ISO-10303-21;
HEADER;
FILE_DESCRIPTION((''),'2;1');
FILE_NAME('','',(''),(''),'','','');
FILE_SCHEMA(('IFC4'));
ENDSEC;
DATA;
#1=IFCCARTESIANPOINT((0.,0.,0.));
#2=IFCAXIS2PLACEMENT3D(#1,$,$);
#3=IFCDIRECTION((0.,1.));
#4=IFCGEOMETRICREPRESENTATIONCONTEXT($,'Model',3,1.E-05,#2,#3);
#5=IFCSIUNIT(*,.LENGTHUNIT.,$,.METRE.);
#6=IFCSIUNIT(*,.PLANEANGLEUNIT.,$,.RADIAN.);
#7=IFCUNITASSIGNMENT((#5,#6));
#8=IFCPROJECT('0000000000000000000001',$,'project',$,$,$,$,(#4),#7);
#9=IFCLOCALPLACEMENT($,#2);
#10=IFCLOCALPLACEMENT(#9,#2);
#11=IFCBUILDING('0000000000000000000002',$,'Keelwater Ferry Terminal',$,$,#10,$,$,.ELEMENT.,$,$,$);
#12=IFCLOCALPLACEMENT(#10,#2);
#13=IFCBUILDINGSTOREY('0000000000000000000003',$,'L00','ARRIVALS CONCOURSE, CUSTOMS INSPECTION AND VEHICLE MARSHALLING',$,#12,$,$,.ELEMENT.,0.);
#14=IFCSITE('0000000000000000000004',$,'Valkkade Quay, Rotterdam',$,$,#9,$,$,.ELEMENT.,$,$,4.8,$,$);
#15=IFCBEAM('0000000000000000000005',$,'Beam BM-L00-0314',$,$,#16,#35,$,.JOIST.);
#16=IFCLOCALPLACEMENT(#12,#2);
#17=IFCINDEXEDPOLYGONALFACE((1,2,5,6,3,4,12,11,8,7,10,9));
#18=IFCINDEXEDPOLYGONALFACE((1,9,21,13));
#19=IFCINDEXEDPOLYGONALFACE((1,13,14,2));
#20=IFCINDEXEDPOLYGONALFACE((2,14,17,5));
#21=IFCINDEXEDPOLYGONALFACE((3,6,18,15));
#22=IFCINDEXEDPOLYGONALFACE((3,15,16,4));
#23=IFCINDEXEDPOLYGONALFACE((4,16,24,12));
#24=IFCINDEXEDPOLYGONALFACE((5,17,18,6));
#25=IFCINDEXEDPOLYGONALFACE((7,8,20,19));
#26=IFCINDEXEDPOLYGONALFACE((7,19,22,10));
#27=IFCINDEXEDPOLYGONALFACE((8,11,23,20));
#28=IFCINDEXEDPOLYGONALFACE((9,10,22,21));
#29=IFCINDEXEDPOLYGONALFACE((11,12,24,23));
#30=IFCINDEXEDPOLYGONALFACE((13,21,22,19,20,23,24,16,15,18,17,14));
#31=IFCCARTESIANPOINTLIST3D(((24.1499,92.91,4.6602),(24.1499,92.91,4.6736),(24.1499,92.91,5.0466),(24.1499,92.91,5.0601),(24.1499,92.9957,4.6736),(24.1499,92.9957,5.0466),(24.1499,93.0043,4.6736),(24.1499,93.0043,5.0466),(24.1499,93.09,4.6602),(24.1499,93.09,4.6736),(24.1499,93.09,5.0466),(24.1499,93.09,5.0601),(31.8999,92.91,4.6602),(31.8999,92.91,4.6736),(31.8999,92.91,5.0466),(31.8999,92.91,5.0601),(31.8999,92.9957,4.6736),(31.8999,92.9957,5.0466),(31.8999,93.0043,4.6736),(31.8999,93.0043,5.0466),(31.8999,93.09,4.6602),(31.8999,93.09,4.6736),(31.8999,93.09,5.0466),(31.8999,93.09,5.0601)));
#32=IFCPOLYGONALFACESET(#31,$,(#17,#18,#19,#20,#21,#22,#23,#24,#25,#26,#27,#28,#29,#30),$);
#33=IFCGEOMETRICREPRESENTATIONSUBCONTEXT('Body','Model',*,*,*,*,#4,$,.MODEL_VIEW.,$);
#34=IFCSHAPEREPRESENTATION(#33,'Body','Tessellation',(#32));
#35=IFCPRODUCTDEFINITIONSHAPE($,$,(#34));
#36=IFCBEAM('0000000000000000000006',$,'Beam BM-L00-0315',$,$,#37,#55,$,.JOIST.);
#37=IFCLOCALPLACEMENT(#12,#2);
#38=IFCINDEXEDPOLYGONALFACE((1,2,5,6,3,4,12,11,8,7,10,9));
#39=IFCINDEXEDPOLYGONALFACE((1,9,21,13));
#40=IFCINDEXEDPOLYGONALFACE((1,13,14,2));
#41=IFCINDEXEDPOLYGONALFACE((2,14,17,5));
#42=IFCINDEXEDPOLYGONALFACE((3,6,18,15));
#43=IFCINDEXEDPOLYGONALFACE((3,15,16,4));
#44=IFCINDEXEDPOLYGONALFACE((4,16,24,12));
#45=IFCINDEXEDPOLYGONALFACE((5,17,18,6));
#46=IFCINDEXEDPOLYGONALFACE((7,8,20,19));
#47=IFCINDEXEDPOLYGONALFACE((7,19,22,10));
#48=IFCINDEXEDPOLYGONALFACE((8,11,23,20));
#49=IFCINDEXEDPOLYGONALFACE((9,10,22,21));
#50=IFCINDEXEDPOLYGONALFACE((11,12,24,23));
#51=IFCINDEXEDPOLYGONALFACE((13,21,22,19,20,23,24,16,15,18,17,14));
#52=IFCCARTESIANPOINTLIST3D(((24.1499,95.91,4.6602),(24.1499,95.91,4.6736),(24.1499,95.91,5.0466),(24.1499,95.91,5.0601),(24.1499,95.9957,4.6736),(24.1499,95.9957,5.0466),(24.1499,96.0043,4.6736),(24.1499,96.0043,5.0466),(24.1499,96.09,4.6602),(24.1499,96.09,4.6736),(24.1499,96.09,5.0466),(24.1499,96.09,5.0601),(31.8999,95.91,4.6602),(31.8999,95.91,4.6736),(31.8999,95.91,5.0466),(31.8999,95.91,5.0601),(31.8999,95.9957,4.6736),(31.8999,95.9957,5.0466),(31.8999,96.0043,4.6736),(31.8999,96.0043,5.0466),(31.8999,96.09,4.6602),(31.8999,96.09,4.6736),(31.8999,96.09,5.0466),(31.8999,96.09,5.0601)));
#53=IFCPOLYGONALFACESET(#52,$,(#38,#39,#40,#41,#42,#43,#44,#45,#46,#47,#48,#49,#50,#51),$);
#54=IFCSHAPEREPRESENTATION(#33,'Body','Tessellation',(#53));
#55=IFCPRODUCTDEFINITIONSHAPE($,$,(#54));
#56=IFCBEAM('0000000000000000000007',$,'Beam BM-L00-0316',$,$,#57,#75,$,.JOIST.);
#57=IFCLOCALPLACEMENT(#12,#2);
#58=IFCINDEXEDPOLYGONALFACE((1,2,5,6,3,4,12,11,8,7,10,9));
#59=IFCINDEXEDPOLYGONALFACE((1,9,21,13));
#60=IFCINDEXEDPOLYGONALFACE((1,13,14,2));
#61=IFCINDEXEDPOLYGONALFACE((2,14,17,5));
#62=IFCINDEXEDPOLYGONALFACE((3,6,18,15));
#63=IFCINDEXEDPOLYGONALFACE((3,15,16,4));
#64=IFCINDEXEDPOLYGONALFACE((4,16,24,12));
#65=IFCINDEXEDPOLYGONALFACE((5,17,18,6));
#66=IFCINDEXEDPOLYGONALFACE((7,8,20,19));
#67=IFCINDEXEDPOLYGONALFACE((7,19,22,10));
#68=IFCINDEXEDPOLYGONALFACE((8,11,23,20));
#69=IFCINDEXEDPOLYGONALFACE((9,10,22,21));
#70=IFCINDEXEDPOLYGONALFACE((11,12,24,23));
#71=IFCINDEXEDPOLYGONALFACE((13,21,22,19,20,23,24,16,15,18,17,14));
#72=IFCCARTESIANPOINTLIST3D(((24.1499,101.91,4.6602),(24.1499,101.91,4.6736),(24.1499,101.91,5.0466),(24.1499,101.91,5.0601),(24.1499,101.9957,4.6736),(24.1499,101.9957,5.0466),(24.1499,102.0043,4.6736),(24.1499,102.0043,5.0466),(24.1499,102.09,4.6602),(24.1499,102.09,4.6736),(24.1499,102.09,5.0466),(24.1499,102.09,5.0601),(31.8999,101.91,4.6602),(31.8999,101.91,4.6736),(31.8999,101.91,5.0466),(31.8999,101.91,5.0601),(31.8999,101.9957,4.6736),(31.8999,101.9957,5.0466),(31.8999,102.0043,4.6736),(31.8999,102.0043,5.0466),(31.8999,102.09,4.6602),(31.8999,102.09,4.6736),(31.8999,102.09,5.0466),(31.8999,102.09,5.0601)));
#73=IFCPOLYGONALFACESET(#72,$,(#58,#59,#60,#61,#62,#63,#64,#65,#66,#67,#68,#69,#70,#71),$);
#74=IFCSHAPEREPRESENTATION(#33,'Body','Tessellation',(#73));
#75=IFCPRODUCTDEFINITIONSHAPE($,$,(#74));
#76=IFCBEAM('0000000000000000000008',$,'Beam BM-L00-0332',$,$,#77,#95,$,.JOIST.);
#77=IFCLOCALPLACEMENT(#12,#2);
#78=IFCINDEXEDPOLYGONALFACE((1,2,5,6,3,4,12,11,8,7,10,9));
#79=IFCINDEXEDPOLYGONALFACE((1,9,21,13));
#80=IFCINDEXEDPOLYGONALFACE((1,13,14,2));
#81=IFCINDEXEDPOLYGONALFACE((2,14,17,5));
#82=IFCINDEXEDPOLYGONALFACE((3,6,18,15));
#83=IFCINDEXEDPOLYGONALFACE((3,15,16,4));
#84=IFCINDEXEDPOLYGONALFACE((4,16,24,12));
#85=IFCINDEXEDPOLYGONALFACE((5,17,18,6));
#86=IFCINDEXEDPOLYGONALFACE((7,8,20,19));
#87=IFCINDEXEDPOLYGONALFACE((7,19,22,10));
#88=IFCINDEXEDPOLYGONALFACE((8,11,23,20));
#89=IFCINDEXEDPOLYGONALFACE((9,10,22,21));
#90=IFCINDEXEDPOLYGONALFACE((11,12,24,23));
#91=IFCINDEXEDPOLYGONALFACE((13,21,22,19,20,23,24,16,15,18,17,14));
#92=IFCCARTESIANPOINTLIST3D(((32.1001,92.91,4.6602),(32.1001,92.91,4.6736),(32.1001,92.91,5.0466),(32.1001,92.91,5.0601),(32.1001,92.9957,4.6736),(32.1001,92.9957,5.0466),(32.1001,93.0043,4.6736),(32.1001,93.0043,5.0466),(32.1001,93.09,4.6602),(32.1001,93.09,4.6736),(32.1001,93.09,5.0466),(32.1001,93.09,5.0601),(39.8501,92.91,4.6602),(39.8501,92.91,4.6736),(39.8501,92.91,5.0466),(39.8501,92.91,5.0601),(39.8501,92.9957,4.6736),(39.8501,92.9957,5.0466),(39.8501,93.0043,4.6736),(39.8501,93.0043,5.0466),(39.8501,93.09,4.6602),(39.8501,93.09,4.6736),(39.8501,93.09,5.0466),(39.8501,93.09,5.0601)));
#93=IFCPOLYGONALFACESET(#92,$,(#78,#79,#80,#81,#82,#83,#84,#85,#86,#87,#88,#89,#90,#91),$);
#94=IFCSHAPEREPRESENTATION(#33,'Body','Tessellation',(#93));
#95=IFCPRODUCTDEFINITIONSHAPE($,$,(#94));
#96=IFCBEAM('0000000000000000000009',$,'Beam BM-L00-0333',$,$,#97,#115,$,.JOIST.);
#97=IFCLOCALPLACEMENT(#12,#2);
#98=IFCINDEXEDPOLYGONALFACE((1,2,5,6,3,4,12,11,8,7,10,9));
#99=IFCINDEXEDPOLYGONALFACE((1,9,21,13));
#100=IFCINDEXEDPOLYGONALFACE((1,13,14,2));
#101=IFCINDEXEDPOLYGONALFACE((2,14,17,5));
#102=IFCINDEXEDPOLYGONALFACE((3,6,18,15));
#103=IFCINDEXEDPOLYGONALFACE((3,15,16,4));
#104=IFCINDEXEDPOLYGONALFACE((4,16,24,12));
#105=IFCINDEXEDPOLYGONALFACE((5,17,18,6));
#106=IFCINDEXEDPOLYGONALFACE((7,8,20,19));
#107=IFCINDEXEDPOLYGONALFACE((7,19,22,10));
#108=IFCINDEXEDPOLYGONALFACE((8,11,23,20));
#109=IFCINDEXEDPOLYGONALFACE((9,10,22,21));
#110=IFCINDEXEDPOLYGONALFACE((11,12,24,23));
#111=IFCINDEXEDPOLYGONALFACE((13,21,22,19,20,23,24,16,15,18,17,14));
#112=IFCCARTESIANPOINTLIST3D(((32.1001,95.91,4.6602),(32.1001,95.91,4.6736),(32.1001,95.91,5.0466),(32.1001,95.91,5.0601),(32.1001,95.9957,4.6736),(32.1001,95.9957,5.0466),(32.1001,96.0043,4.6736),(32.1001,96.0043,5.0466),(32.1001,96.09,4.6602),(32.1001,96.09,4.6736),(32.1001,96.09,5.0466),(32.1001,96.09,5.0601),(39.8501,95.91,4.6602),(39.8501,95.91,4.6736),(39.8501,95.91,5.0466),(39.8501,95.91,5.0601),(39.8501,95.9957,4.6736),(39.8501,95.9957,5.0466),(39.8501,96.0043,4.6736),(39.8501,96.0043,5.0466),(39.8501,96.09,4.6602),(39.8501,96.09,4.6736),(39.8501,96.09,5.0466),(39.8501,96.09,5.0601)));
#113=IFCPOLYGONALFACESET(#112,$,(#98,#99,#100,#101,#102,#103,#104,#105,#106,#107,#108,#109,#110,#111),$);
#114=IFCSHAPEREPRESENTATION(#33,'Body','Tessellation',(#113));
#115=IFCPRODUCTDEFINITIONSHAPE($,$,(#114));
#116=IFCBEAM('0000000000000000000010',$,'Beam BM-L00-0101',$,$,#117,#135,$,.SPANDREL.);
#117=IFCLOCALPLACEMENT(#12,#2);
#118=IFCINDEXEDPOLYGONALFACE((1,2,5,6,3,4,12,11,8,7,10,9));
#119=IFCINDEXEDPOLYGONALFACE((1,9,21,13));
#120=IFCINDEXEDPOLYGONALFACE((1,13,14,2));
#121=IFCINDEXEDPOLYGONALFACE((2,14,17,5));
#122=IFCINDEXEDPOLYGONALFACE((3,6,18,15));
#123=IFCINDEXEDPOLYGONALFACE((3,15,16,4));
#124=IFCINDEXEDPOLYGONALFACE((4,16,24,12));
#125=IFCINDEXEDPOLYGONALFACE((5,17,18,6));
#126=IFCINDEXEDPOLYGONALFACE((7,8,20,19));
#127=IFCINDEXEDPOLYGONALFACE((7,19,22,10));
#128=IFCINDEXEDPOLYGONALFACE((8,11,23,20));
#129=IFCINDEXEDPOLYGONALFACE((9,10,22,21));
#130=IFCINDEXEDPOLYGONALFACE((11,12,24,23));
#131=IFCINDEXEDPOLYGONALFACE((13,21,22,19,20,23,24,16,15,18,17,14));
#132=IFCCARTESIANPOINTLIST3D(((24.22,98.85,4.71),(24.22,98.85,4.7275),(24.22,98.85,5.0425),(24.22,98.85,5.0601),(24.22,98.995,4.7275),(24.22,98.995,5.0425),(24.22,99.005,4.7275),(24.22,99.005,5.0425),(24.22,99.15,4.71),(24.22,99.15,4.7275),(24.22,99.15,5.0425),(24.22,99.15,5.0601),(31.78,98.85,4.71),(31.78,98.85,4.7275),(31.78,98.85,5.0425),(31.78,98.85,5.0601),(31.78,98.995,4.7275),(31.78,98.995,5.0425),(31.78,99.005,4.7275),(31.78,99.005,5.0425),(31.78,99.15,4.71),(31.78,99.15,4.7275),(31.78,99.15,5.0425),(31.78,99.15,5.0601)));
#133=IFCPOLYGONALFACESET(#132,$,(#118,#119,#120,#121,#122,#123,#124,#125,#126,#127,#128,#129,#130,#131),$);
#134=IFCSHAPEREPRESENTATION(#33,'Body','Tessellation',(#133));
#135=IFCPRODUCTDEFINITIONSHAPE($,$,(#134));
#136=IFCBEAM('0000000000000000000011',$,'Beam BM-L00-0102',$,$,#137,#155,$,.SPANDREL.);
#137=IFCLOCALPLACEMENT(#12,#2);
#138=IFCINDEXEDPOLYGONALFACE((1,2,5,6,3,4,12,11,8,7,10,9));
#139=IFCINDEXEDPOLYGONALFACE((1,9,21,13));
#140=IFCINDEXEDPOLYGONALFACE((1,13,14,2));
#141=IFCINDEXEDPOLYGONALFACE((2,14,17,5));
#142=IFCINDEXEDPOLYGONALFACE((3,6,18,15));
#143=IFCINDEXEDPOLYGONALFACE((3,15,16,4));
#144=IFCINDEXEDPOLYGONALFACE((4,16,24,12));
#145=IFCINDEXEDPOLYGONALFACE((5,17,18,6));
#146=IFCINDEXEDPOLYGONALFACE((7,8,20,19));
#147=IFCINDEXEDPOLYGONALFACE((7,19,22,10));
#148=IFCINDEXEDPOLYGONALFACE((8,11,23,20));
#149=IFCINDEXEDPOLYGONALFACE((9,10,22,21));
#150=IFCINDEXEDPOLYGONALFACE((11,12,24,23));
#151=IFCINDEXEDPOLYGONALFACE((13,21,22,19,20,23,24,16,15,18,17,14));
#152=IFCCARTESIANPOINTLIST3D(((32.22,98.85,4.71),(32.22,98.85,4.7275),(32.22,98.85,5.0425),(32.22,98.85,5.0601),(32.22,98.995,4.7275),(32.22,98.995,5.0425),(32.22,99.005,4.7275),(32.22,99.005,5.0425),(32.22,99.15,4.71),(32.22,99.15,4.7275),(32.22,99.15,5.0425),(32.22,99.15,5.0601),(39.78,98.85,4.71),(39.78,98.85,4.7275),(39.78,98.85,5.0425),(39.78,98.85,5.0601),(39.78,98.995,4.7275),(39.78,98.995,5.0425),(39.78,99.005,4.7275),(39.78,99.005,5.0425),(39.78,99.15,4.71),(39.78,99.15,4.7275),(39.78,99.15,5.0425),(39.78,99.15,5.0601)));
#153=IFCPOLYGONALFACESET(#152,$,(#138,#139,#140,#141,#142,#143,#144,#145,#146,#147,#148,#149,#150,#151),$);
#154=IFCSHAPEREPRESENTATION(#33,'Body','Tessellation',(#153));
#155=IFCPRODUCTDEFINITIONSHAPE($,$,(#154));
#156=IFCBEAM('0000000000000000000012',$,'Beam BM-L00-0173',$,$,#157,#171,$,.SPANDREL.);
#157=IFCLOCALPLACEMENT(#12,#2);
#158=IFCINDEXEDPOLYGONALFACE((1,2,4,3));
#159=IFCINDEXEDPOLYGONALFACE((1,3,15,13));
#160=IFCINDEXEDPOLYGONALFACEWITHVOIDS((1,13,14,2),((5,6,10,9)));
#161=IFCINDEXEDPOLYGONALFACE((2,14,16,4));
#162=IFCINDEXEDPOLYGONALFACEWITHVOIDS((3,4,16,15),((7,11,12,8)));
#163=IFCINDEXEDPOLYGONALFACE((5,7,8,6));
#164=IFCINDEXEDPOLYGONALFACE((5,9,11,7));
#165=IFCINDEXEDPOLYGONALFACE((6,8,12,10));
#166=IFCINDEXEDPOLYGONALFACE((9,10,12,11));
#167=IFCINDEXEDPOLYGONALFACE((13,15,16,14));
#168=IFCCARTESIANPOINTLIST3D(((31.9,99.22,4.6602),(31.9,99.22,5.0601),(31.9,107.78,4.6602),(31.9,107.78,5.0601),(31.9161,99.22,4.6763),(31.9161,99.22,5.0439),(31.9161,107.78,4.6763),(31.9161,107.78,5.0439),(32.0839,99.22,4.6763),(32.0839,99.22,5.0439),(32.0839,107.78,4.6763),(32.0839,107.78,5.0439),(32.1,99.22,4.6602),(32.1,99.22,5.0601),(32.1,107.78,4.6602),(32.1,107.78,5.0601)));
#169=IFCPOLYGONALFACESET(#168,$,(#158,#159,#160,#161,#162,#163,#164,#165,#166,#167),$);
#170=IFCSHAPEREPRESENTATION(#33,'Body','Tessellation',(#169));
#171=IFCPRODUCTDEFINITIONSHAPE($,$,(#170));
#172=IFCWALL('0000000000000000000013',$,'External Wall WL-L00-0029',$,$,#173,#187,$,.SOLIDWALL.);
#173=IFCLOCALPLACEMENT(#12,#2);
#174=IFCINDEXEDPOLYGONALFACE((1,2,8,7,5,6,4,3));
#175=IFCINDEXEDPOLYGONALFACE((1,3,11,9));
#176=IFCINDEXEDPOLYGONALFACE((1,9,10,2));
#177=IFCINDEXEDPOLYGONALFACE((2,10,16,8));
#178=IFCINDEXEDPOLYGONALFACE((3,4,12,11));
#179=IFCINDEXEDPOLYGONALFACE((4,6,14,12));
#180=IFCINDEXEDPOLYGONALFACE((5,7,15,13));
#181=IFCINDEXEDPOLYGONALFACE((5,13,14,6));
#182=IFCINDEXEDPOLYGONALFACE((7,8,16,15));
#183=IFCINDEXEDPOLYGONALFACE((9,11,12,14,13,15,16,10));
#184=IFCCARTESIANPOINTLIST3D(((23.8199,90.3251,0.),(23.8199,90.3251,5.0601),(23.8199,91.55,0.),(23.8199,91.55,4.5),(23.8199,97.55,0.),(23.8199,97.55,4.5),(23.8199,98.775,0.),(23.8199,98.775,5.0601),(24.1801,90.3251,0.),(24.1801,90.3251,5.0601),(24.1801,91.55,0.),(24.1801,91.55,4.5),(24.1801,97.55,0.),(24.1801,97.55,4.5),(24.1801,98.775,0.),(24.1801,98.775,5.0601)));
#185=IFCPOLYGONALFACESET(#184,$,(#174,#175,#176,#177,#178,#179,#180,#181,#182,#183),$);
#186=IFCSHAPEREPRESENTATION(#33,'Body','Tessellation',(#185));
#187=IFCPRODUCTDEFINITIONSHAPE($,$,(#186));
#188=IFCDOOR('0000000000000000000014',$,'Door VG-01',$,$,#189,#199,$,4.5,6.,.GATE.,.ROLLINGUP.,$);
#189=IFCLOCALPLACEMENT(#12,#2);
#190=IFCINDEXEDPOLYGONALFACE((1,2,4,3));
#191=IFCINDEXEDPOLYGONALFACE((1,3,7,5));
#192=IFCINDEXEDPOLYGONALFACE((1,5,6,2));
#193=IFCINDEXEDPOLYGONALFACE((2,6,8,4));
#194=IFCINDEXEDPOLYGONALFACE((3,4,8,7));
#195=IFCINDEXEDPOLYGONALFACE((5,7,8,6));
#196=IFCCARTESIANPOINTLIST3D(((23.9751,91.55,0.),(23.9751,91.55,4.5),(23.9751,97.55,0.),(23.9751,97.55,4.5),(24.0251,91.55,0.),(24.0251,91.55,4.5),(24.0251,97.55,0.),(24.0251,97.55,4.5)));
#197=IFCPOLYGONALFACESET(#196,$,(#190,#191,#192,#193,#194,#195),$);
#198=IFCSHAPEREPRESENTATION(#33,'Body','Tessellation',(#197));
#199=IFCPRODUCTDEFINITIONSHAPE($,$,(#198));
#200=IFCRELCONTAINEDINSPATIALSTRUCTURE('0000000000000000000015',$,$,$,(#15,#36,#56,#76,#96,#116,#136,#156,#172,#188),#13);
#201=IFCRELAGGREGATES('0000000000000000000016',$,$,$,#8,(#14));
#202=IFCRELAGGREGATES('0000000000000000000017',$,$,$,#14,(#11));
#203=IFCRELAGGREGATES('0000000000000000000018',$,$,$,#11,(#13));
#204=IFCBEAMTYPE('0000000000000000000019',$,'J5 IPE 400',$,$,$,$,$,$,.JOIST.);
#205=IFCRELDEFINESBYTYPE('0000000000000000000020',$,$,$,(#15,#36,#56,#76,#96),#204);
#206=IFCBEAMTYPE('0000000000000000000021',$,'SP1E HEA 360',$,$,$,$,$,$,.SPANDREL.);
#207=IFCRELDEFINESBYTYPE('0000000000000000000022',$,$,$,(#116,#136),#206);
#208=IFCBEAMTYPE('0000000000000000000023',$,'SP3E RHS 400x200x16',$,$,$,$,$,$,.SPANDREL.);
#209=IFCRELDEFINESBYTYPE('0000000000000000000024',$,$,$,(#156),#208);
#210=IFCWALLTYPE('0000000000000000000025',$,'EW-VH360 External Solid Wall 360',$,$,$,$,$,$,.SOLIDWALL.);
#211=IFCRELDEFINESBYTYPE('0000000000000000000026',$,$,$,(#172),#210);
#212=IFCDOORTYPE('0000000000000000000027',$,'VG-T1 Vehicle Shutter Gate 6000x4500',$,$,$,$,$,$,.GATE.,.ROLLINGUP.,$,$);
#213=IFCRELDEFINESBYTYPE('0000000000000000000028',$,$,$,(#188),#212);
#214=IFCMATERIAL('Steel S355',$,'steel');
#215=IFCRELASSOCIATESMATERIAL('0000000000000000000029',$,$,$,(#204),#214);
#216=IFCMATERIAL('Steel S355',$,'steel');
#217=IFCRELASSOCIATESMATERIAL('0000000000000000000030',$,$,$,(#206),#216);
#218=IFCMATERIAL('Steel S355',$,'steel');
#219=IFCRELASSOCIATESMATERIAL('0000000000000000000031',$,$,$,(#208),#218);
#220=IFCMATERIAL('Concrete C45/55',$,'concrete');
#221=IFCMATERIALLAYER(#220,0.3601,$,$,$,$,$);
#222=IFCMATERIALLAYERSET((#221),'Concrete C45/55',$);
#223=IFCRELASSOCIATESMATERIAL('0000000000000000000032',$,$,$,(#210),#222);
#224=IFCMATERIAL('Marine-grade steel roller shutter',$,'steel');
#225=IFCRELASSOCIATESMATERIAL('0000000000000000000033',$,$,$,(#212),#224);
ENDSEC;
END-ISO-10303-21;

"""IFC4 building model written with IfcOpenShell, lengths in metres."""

from ifc_helpers import new_model, si_unit, direction, frame, frame_2d, origin, origin_2d, place, context, subcontext, project, spatial, rectangle, hollow_rectangle, i_section, extrude, material, layer, layer_set, material_profile, profile_set, type_object, element, fill, save


model = new_model("IFC4")

# Units and contexts
model_context = context("Model", 3, precision=1e-05, world=origin(), true_north=direction((0.0, 1.0)))
body_context = subcontext(model_context, "Body", "Model", "MODEL_VIEW")
ifc_project = project(units=[si_unit("LENGTHUNIT", "METRE"), si_unit("PLANEANGLEUNIT", "RADIAN")], contexts=[model_context])

# Site, building, storey
site_placement = place(None, origin())
site = spatial("IfcSite", under=ifc_project, at=site_placement, Name="Valkkade Quay, Rotterdam", CompositionType="ELEMENT", RefElevation=4.8)
building_placement = place(site_placement, origin())
building = spatial("IfcBuilding", under=site, at=building_placement, Name="Keelwater Ferry Terminal", CompositionType="ELEMENT")
storey_placement = place(building_placement, origin())
storey = spatial("IfcBuildingStorey", under=building, at=storey_placement, Name="L00", Description="ARRIVALS CONCOURSE, CUSTOMS INSPECTION AND VEHICLE MARSHALLING", CompositionType="ELEMENT", Elevation=0.0)

# Beams
ifc_material_1 = material(Name="Steel S355", Category="steel")
ifc_material_profile_1 = material_profile(ifc_material_1, i_section(OverallWidth=0.1799, OverallDepth=0.3999, WebThickness=0.0085, FlangeThickness=0.0134, at=origin_2d()), Name="IPE 400")
ifc_profile_set_1 = profile_set([ifc_material_profile_1], Name="Steel S355")
beam_type_1 = type_object("IfcBeamType", Name="J5 IPE 400", PredefinedType="JOIST", material=ifc_profile_set_1)
for number, where, z_axis, x_axis, name in (
    (1, (24.1499, 93.0, 4.8601), (1.0, 0.0, 0.0), (0.0, 1.0, 0.0), "Beam BM-L00-0314"),
    (2, (24.1499, 96.0, 4.8601), (1.0, 0.0, 0.0), (0.0, 1.0, 0.0), "Beam BM-L00-0315"),
    (3, (24.1499, 102.0, 4.8601), (1.0, 0.0, 0.0), (0.0, 1.0, 0.0), "Beam BM-L00-0316"),
    (4, (32.1001, 93.0, 4.8601), (1.0, 0.0, 0.0), (0.0, 1.0, 0.0), "Beam BM-L00-0332"),
    (5, (32.1001, 96.0, 4.8601), (1.0, 0.0, 0.0), (0.0, 1.0, 0.0), "Beam BM-L00-0333"),
):
    element("IfcBeam", number, at=place(storey_placement, frame(where, z_axis=z_axis, x_axis=x_axis)), inside=storey, type_object=beam_type_1, Name=name, PredefinedType="JOIST", context=body_context, shape_type="SweptSolid", body=[
        extrude(i_section(OverallWidth=0.1799, OverallDepth=0.3999, WebThickness=0.0085, FlangeThickness=0.0134, at=origin_2d()), origin(), (0.0, 0.0, 1.0), 7.75),
    ])
ifc_material_2 = material(Name="Steel S355", Category="steel")
ifc_material_profile_2 = material_profile(ifc_material_2, i_section(OverallWidth=0.3, OverallDepth=0.3501, WebThickness=0.01, FlangeThickness=0.0176, at=origin_2d()), Name="HEA 360")
ifc_profile_set_2 = profile_set([ifc_material_profile_2], Name="Steel S355")
beam_type_2 = type_object("IfcBeamType", Name="SP1E HEA 360", PredefinedType="SPANDREL", material=ifc_profile_set_2)
for number, where, z_axis, x_axis, name in (
    (6, (24.22, 99.0, 4.885), (1.0, 0.0, 0.0), (0.0, 1.0, 0.0), "Beam BM-L00-0101"),
    (7, (32.22, 99.0, 4.885), (1.0, 0.0, 0.0), (0.0, 1.0, 0.0), "Beam BM-L00-0102"),
):
    element("IfcBeam", number, at=place(storey_placement, frame(where, z_axis=z_axis, x_axis=x_axis)), inside=storey, type_object=beam_type_2, Name=name, PredefinedType="SPANDREL", context=body_context, shape_type="SweptSolid", body=[
        extrude(i_section(OverallWidth=0.3, OverallDepth=0.3501, WebThickness=0.01, FlangeThickness=0.0176, at=origin_2d()), origin(), (0.0, 0.0, 1.0), 7.5601),
    ])
ifc_material_3 = material(Name="Steel S355", Category="steel")
ifc_material_profile_3 = material_profile(ifc_material_3, hollow_rectangle(XDim=0.2, YDim=0.3999, WallThickness=0.0161, at=origin_2d()), Name="RHS 400x200x16")
ifc_profile_set_3 = profile_set([ifc_material_profile_3], Name="Steel S355")
beam_type_3 = type_object("IfcBeamType", Name="SP3E RHS 400x200x16", PredefinedType="SPANDREL", material=ifc_profile_set_3)
beam_1_placement = place(storey_placement, frame((32.0, 99.22, 4.8601), z_axis=(0.0, 1.0, 0.0), x_axis=(-1.0, 0.0, 0.0)))
element("IfcBeam", 8, at=beam_1_placement, inside=storey, type_object=beam_type_3, Name="Beam BM-L00-0173", PredefinedType="SPANDREL", context=body_context, shape_type="SweptSolid", body=[
    extrude(hollow_rectangle(XDim=0.2, YDim=0.3999, WallThickness=0.0161, at=origin_2d()), origin(), (0.0, 0.0, 1.0), 8.5601),
])

# Wall, opening, door
ifc_material_4 = material(Name="Concrete C45/55", Category="concrete")
ifc_layer = layer(ifc_material_4, 0.3601)
ifc_layer_set = layer_set([ifc_layer], Name="Concrete C45/55")
wall_type = type_object("IfcWallType", Name="EW-VH360 External Solid Wall 360", PredefinedType="SOLIDWALL", material=ifc_layer_set)
wall_1_placement = place(storey_placement, frame((24.0, 90.325, 0.0), z_axis=(0.0, 0.0, 1.0), x_axis=(0.0, 1.0, 0.0)))
wall_1 = element("IfcWall", 9, at=wall_1_placement, inside=storey, type_object=wall_type, Name="External Wall WL-L00-0029", PredefinedType="SOLIDWALL", context=body_context, shape_type="SweptSolid", body=[
    extrude(rectangle(XDim=8.45, YDim=0.3601, at=frame_2d((4.2251, 0.0))), origin(), (0.0, 0.0, 1.0), 5.0601),
])
opening_1_placement = place(wall_1_placement, frame((1.2251, 0.0, 0.0)))
opening_1 = element("IfcOpeningElement", 10, at=opening_1_placement, cuts=wall_1, PredefinedType="OPENING", context=body_context, shape_type="SweptSolid", body=[
    extrude(rectangle(XDim=6.0, YDim=4.5, at=frame_2d((3.0, 2.25))), frame((0.0, 0.1902, 0.0), z_axis=(0.0, -1.0, 0.0), x_axis=(1.0, 0.0, 0.0)), (0.0, 0.0, 1.0), 0.3801),
])
ifc_material_5 = material(Name="Marine-grade steel roller shutter", Category="steel")
door_type = type_object("IfcDoorType", Name="VG-T1 Vehicle Shutter Gate 6000x4500", OperationType="ROLLINGUP", PredefinedType="GATE", material=ifc_material_5)
door_1_placement = place(opening_1_placement, origin())
door_1 = element("IfcDoor", 11, at=door_1_placement, inside=storey, type_object=door_type, Name="Door VG-01", OperationType="ROLLINGUP", OverallHeight=4.5, OverallWidth=6.0, PredefinedType="GATE", context=body_context, shape_type="SweptSolid", body=[
    extrude(rectangle(XDim=6.0, YDim=4.5, at=frame_2d((3.0, 2.25))), frame((0.0, 0.0249, 0.0), z_axis=(0.0, -1.0, 0.0), x_axis=(1.0, 0.0, 0.0)), (0.0, 0.0, 1.0), 0.05),
])
fill(opening_1, door_1)

save(model, "model.ifc")
